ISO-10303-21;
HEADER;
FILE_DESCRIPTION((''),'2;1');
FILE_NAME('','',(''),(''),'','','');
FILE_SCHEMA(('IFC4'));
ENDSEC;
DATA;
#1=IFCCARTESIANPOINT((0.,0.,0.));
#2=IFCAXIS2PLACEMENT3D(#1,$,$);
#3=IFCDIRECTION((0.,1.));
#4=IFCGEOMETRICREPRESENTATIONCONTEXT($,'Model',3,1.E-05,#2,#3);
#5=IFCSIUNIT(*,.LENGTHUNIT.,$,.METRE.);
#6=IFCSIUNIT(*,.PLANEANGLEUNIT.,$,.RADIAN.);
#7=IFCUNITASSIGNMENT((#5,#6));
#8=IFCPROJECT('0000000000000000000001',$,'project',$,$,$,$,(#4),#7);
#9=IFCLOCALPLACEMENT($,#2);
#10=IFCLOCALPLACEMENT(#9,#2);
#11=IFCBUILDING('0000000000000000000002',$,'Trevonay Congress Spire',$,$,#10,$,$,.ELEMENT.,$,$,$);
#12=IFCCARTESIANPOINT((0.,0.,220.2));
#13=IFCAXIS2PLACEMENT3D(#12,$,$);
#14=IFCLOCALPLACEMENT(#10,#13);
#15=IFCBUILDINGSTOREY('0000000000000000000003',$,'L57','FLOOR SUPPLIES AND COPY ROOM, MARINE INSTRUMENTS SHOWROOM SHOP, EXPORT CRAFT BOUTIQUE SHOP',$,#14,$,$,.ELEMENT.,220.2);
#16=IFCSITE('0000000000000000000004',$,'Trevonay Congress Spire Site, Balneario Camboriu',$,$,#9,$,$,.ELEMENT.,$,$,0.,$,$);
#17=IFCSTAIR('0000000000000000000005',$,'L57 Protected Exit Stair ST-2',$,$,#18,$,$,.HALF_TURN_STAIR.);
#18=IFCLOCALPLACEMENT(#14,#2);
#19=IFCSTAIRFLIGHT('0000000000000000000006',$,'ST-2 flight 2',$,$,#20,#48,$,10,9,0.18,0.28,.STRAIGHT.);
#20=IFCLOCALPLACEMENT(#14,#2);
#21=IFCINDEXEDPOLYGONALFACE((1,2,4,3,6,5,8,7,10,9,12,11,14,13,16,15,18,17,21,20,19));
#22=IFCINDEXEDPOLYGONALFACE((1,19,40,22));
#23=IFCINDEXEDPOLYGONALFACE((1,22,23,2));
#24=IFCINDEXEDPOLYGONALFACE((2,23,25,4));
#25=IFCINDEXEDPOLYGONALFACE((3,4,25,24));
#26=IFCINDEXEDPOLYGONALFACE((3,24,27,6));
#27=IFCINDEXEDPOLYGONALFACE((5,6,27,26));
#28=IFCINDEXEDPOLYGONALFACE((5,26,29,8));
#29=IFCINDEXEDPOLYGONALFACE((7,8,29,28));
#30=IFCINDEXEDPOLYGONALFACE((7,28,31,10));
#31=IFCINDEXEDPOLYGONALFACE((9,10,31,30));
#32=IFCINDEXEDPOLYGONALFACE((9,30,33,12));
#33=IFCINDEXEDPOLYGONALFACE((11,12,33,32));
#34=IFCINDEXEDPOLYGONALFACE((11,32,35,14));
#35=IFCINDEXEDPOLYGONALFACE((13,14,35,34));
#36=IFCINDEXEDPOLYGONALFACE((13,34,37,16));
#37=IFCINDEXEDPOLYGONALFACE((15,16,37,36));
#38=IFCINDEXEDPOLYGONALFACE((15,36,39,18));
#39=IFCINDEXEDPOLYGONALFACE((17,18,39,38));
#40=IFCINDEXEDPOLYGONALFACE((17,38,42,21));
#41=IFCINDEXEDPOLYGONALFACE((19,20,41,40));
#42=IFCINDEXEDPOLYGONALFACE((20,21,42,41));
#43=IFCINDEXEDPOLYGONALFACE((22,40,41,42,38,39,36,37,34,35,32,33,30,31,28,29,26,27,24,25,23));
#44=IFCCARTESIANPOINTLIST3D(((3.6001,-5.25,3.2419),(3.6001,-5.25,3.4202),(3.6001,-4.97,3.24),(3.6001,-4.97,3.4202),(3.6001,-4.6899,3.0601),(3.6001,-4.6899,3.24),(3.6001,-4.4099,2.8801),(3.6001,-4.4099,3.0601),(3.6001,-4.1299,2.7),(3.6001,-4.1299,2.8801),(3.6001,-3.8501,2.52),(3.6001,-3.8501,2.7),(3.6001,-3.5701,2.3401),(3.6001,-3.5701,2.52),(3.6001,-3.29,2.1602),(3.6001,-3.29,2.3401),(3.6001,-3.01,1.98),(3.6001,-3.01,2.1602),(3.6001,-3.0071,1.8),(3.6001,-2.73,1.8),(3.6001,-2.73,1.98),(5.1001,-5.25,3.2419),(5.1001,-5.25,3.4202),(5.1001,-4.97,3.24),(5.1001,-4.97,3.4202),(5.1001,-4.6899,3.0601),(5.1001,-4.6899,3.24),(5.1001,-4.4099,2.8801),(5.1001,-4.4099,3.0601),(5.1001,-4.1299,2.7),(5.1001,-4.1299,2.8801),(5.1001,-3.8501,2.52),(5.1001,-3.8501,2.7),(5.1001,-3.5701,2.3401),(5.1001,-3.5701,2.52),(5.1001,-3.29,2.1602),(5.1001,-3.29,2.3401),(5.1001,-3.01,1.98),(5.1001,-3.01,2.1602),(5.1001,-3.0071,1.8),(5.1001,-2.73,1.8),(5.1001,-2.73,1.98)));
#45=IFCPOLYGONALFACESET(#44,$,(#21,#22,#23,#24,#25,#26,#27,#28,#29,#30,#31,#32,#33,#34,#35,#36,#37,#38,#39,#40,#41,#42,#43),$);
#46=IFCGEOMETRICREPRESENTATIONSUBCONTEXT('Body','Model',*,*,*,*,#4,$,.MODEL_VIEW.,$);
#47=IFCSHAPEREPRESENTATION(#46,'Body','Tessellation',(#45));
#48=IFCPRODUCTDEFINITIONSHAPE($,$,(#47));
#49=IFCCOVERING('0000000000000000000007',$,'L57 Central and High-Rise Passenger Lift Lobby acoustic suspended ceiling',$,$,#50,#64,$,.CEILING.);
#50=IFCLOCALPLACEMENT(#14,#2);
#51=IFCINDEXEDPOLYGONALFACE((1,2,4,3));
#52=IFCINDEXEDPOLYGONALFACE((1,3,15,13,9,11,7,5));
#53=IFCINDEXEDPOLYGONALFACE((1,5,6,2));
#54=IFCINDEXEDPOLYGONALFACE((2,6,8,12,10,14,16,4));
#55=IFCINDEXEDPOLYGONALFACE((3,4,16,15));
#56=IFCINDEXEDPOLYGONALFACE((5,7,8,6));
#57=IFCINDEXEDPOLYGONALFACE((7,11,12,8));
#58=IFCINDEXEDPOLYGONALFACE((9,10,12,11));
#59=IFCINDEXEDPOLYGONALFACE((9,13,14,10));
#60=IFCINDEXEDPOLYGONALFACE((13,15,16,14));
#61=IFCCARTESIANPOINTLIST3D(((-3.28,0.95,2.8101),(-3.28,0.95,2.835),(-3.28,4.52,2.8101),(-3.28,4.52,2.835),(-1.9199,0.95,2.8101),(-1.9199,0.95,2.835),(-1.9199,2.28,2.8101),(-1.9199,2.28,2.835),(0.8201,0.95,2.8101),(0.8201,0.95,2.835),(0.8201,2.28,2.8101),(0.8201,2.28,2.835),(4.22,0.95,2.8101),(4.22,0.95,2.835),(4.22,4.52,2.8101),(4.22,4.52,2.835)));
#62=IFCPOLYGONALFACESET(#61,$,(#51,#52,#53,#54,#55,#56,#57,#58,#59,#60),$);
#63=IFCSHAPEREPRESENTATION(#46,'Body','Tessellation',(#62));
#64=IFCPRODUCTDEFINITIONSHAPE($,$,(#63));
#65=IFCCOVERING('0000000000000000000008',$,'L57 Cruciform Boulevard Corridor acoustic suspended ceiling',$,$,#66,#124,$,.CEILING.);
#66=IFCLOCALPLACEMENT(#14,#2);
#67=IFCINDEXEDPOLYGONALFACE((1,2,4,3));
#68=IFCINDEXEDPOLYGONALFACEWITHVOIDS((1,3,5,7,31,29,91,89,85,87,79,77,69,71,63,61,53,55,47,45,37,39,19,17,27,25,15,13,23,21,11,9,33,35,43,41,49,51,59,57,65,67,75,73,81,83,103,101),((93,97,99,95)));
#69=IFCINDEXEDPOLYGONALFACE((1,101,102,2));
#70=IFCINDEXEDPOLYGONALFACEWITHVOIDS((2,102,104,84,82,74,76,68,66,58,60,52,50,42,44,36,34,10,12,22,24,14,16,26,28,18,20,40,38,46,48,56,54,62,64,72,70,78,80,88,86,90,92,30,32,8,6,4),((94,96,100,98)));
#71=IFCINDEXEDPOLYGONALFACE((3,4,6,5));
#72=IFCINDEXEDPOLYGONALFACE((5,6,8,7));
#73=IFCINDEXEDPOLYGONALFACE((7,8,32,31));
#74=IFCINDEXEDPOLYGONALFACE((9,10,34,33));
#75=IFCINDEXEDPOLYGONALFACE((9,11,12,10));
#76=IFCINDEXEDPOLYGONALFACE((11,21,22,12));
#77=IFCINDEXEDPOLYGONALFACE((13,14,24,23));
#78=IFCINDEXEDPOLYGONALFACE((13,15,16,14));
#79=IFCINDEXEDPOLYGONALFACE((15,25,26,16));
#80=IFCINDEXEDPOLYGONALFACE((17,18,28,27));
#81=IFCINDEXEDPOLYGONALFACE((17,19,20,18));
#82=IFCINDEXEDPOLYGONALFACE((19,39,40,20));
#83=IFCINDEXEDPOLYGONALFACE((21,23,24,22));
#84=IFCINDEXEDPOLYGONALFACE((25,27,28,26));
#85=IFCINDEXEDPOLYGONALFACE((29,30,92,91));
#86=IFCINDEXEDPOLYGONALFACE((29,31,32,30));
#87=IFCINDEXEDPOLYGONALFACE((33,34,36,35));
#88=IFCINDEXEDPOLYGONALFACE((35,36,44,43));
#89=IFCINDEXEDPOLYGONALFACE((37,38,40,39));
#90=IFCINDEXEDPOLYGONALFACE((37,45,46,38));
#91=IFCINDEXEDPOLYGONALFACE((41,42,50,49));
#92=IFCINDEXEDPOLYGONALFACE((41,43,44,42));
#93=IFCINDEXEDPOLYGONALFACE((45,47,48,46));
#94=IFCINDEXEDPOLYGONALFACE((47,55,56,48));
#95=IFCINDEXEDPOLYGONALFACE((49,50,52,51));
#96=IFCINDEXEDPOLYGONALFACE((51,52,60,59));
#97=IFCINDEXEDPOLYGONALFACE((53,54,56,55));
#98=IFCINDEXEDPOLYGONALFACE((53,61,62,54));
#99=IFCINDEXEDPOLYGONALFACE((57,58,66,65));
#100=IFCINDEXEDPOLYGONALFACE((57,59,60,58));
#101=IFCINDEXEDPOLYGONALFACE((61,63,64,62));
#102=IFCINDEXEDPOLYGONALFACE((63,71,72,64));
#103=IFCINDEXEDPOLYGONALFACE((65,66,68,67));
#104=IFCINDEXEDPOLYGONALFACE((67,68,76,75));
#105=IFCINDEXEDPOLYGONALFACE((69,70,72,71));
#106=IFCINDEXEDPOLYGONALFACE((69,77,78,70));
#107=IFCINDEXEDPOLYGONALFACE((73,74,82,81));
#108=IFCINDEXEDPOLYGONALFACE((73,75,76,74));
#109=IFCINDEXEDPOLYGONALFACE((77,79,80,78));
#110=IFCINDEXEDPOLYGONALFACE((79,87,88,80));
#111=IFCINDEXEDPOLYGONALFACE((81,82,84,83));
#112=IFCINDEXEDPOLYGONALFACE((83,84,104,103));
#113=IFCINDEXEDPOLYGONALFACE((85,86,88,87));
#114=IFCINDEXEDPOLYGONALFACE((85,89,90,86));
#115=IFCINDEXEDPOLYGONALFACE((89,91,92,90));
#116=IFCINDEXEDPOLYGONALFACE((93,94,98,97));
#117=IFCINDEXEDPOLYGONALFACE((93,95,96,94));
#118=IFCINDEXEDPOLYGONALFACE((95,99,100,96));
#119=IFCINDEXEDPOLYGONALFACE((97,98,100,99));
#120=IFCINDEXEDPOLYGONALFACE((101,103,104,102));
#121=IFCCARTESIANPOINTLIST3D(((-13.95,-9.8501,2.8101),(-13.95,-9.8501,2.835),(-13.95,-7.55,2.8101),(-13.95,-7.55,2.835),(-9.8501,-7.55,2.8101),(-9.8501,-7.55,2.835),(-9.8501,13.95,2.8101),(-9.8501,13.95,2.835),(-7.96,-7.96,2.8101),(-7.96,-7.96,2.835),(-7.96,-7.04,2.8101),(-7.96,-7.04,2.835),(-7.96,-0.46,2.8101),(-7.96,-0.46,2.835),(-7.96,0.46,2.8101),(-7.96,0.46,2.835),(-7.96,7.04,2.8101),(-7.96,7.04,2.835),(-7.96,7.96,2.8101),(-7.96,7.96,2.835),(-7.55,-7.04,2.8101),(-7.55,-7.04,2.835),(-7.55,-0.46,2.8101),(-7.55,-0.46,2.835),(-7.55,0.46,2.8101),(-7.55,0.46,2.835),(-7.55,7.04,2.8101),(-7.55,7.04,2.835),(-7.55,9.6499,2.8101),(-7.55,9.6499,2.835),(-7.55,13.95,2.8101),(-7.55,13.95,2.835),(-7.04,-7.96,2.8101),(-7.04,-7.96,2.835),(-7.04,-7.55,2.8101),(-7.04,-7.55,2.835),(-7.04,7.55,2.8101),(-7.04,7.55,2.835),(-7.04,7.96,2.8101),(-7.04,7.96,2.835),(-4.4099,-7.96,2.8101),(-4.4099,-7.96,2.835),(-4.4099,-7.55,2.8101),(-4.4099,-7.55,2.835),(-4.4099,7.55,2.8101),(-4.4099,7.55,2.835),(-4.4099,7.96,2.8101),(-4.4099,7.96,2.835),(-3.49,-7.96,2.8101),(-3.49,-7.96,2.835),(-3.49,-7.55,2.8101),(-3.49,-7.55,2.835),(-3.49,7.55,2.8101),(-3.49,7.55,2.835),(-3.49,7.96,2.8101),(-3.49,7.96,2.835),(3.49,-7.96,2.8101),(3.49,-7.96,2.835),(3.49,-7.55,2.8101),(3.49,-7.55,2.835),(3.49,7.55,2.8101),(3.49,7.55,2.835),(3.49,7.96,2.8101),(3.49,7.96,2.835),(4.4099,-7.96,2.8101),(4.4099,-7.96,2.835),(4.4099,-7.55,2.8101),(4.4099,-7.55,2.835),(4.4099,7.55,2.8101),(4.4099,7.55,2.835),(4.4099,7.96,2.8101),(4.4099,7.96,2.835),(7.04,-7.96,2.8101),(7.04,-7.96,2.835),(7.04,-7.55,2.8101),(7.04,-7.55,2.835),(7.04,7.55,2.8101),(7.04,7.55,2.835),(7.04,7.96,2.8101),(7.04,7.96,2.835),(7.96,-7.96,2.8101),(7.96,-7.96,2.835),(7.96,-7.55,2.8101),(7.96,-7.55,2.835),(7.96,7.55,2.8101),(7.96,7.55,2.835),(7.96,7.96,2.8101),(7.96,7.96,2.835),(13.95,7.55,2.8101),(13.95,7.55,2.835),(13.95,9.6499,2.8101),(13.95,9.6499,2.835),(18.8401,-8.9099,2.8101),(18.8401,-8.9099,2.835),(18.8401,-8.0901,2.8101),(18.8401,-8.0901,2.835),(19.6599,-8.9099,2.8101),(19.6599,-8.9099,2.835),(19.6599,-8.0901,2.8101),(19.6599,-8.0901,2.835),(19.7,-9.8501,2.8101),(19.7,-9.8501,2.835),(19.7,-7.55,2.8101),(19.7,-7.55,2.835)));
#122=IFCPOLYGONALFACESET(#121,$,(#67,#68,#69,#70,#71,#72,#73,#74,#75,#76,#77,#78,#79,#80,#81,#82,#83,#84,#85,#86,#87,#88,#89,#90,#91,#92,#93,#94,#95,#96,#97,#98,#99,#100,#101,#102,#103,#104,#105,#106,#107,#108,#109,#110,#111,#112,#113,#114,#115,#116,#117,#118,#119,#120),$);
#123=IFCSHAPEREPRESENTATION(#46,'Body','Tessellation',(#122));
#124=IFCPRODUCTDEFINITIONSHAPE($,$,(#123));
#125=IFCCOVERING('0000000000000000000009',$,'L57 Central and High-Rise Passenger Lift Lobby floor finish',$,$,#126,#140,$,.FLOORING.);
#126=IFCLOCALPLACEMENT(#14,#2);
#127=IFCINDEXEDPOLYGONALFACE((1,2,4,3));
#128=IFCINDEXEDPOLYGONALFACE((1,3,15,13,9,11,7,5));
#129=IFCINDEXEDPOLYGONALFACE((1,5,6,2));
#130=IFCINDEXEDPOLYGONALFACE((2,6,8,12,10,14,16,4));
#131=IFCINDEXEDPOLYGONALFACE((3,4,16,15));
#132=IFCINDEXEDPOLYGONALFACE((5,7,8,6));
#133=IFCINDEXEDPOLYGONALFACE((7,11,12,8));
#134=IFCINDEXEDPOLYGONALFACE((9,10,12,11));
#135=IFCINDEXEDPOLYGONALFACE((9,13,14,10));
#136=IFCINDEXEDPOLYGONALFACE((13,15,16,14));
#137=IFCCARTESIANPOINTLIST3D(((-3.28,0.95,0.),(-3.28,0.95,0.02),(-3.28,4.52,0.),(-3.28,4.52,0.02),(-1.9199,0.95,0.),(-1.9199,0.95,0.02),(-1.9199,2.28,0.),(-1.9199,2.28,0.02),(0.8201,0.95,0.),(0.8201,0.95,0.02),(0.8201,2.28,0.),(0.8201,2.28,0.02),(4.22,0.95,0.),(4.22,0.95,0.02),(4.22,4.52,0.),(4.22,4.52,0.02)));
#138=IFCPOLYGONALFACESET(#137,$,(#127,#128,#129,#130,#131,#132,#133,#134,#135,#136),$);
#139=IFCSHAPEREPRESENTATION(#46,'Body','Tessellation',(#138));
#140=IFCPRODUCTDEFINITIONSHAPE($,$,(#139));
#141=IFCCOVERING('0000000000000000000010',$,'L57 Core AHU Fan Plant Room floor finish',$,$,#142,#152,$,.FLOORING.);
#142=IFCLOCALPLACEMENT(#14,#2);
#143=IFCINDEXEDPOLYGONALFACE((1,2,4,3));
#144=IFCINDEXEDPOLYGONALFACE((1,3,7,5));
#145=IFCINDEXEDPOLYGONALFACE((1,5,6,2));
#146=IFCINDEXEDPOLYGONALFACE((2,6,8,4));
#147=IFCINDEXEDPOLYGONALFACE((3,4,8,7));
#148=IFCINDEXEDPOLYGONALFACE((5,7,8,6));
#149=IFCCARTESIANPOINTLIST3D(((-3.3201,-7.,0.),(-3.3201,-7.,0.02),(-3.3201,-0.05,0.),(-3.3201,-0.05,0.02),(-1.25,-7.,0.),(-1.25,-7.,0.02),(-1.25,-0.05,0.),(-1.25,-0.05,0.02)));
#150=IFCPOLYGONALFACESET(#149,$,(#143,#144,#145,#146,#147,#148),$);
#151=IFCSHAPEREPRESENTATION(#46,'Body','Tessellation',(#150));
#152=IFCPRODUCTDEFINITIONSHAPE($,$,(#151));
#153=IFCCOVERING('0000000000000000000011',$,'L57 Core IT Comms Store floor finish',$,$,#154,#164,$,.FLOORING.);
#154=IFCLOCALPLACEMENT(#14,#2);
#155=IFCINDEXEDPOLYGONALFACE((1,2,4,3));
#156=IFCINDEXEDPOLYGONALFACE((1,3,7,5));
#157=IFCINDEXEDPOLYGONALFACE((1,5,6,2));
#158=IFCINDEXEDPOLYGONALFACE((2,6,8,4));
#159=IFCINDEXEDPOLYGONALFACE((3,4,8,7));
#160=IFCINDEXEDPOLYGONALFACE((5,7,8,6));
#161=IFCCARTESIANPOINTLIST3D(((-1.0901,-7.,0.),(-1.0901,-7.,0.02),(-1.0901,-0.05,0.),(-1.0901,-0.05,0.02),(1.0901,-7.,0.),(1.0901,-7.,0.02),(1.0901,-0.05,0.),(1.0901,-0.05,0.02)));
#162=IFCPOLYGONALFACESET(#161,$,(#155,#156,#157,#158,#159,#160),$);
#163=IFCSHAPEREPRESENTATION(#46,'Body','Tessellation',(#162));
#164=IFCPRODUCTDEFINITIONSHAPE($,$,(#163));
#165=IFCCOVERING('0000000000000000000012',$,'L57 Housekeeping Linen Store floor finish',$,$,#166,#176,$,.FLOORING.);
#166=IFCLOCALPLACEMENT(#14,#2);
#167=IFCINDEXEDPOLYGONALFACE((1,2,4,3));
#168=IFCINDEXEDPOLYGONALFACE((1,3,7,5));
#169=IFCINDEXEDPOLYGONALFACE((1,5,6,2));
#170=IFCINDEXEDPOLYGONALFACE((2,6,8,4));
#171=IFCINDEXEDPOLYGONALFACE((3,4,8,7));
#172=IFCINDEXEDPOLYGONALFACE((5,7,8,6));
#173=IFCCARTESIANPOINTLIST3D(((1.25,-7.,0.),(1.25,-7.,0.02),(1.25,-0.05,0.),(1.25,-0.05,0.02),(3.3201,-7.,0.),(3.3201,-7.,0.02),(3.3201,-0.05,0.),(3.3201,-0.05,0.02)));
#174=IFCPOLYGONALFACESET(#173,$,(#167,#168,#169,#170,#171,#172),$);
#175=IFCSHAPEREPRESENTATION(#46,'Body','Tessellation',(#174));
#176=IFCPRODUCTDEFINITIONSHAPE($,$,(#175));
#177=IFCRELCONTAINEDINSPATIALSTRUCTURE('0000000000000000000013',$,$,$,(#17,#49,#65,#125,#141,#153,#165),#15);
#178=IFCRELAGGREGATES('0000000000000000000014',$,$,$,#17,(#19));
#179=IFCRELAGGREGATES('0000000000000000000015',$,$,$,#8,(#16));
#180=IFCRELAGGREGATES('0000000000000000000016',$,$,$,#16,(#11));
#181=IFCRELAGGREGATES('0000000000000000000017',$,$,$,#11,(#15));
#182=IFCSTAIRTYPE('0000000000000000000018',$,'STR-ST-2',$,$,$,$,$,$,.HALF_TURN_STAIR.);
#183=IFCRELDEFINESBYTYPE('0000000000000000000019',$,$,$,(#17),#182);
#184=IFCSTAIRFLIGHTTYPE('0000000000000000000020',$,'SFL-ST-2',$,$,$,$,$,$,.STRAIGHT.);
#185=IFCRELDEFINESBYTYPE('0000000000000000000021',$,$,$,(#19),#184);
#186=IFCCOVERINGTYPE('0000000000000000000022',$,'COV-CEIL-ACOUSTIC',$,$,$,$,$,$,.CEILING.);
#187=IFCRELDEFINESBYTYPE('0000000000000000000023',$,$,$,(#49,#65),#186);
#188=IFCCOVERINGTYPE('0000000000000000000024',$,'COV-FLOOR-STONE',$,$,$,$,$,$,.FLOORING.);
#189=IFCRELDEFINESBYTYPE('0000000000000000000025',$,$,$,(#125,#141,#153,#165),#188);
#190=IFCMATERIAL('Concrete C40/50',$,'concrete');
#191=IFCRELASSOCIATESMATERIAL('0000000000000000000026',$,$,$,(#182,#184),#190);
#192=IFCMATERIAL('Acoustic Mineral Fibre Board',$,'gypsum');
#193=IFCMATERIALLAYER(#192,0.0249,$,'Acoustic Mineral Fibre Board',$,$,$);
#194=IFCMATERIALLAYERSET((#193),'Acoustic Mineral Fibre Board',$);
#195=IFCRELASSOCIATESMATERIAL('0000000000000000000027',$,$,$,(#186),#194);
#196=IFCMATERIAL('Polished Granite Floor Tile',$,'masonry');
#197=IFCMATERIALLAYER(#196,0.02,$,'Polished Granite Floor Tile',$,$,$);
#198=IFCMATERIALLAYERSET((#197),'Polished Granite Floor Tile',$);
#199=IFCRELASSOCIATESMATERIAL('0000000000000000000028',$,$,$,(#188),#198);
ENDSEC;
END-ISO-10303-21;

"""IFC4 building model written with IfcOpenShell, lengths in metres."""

from ifc_helpers import new_model, si_unit, direction, frame, origin, place, context, subcontext, project, spatial, polyline, outline, extrude, material, layer, layer_set, type_object, element, aggregate, save


model = new_model("IFC4")

# Units and contexts
model_context = context("Model", 3, precision=1e-05, world=origin(), true_north=direction((0.0, 1.0)))
body_context = subcontext(model_context, "Body", "Model", "MODEL_VIEW")
ifc_project = project(units=[si_unit("LENGTHUNIT", "METRE"), si_unit("PLANEANGLEUNIT", "RADIAN")], contexts=[model_context])

# Site, building, storey
site_placement = place(None, origin())
site = spatial("IfcSite", under=ifc_project, at=site_placement, Name="Trevonay Congress Spire Site, Balneario Camboriu", CompositionType="ELEMENT", RefElevation=0.0)
building_placement = place(site_placement, origin())
building = spatial("IfcBuilding", under=site, at=building_placement, Name="Trevonay Congress Spire", CompositionType="ELEMENT")
storey_placement = place(building_placement, frame((0.0, 0.0, 220.2)))
storey = spatial("IfcBuildingStorey", under=building, at=storey_placement, Name="L57", Description="FLOOR SUPPLIES AND COPY ROOM, MARINE INSTRUMENTS SHOWROOM SHOP, EXPORT CRAFT BOUTIQUE SHOP", CompositionType="ELEMENT", Elevation=220.2)

# Shared definitions
ifc_material_1 = material(Name="Concrete C40/50", Category="concrete")

# Stair, stair flight
stair_type = type_object("IfcStairType", Name="STR-ST-2", PredefinedType="HALF_TURN_STAIR", material=ifc_material_1)
stair_placement = place(storey_placement, origin())
stair = element("IfcStair", 1, at=stair_placement, inside=storey, type_object=stair_type, Name="L57 Protected Exit Stair ST-2", PredefinedType="HALF_TURN_STAIR")
stair_flight_type = type_object("IfcStairFlightType", Name="SFL-ST-2", PredefinedType="STRAIGHT", material=ifc_material_1)
stair_flight_1_placement = place(storey_placement, frame((4.3501, -2.73, 1.8), z_axis=(0.0, 0.0, 1.0), x_axis=(0.0, -1.0, 0.0)))
stair_flight_1 = element("IfcStairFlight", 2, at=stair_flight_1_placement, type_object=stair_flight_type, Name="ST-2 flight 2", NumberOfRisers=10, NumberOfTreads=9, PredefinedType="STRAIGHT", RiserHeight=0.18, TreadLength=0.28, context=body_context, shape_type="SweptSolid", body=[
    extrude(outline(polyline([(0.0, 0.0), (0.0, 0.1799), (0.28, 0.1799), (0.28, 0.3601), (0.5601, 0.3601), (0.5601, 0.54), (0.8401, 0.54), (0.8401, 0.72), (1.1201, 0.72), (1.1201, 0.8999), (1.3999, 0.8999), (1.3999, 1.0801), (1.6799, 1.0801), (1.6799, 1.26), (1.96, 1.26), (1.96, 1.4399), (2.24, 1.4399), (2.24, 1.6201), (2.52, 1.6201), (2.52, 1.8), (2.52, 1.4419), (0.2771, 0.0), (0.0, 0.0)])), frame((0.0, 0.75, 0.0), z_axis=(0.0, -1.0, 0.0), x_axis=(1.0, 0.0, 0.0)), (0.0, 0.0, 1.0), 1.5),
])
aggregate(stair, [stair_flight_1])

# Coverings
ifc_material_2 = material(Name="Acoustic Mineral Fibre Board", Category="gypsum")
ifc_layer_1 = layer(ifc_material_2, 0.0249, Name="Acoustic Mineral Fibre Board")
ifc_layer_set_1 = layer_set([ifc_layer_1], Name="Acoustic Mineral Fibre Board")
covering_type_1 = type_object("IfcCoveringType", Name="COV-CEIL-ACOUSTIC", PredefinedType="CEILING", material=ifc_layer_set_1)
covering_1_placement = place(storey_placement, frame((0.0, 0.0, 2.8101)))
element("IfcCovering", 3, at=covering_1_placement, inside=storey, type_object=covering_type_1, Name="L57 Central and High-Rise Passenger Lift Lobby acoustic suspended ceiling", PredefinedType="CEILING", context=body_context, shape_type="SweptSolid", body=[
    extrude(outline(polyline([(-3.28, 0.95), (-1.9199, 0.95), (-1.9199, 2.28), (0.8201, 2.28), (0.8201, 0.95), (4.22, 0.95), (4.22, 4.52), (-3.28, 4.52), (-3.28, 0.95)])), origin(), (0.0, 0.0, 1.0), 0.0249),
])
covering_2_placement = place(storey_placement, frame((0.0, 0.0, 2.8101)))
element("IfcCovering", 4, at=covering_2_placement, inside=storey, type_object=covering_type_1, Name="L57 Cruciform Boulevard Corridor acoustic suspended ceiling", PredefinedType="CEILING", context=body_context, shape_type="SweptSolid", body=[
    extrude(outline(polyline([(19.7, -7.55), (19.7, -9.8501), (-13.95, -9.8501), (-13.95, -7.55), (-9.8501, -7.55), (-9.8501, 13.95), (-7.55, 13.95), (-7.55, 9.6499), (13.95, 9.6499), (13.95, 7.55), (7.96, 7.55), (7.96, 7.96), (7.04, 7.96), (7.04, 7.55), (4.4099, 7.55), (4.4099, 7.96), (3.49, 7.96), (3.49, 7.55), (-3.49, 7.55), (-3.49, 7.96), (-4.4099, 7.96), (-4.4099, 7.55), (-7.04, 7.55), (-7.04, 7.96), (-7.96, 7.96), (-7.96, 7.04), (-7.55, 7.04), (-7.55, 0.46), (-7.96, 0.46), (-7.96, -0.46), (-7.55, -0.46), (-7.55, -7.04), (-7.96, -7.04), (-7.96, -7.96), (-7.04, -7.96), (-7.04, -7.55), (-4.4099, -7.55), (-4.4099, -7.96), (-3.49, -7.96), (-3.49, -7.55), (3.49, -7.55), (3.49, -7.96), (4.4099, -7.96), (4.4099, -7.55), (7.04, -7.55), (7.04, -7.96), (7.96, -7.96), (7.96, -7.55), (19.7, -7.55)]), holes=[polyline([(19.6599, -8.0901), (18.8401, -8.0901), (18.8401, -8.9099), (19.6599, -8.9099), (19.6599, -8.0901)])]), origin(), (0.0, 0.0, 1.0), 0.0249),
])
ifc_material_3 = material(Name="Polished Granite Floor Tile", Category="masonry")
ifc_layer_2 = layer(ifc_material_3, 0.02, Name="Polished Granite Floor Tile")
ifc_layer_set_2 = layer_set([ifc_layer_2], Name="Polished Granite Floor Tile")
covering_type_2 = type_object("IfcCoveringType", Name="COV-FLOOR-STONE", PredefinedType="FLOORING", material=ifc_layer_set_2)
covering_3_placement = place(storey_placement, origin())
element("IfcCovering", 5, at=covering_3_placement, inside=storey, type_object=covering_type_2, Name="L57 Central and High-Rise Passenger Lift Lobby floor finish", PredefinedType="FLOORING", context=body_context, shape_type="SweptSolid", body=[
    extrude(outline(polyline([(-3.28, 0.95), (-1.9199, 0.95), (-1.9199, 2.28), (0.8201, 2.28), (0.8201, 0.95), (4.22, 0.95), (4.22, 4.52), (-3.28, 4.52), (-3.28, 0.95)])), origin(), (0.0, 0.0, 1.0), 0.02),
])
covering_4_placement = place(storey_placement, origin())
element("IfcCovering", 6, at=covering_4_placement, inside=storey, type_object=covering_type_2, Name="L57 Core AHU Fan Plant Room floor finish", PredefinedType="FLOORING", context=body_context, shape_type="SweptSolid", body=[
    extrude(outline(polyline([(-3.3201, -7.0), (-1.25, -7.0), (-1.25, -0.05), (-3.3201, -0.05), (-3.3201, -7.0)])), origin(), (0.0, 0.0, 1.0), 0.02),
])
covering_5_placement = place(storey_placement, origin())
element("IfcCovering", 7, at=covering_5_placement, inside=storey, type_object=covering_type_2, Name="L57 Core IT Comms Store floor finish", PredefinedType="FLOORING", context=body_context, shape_type="SweptSolid", body=[
    extrude(outline(polyline([(-1.0901, -7.0), (1.0901, -7.0), (1.0901, -0.05), (-1.0901, -0.05), (-1.0901, -7.0)])), origin(), (0.0, 0.0, 1.0), 0.02),
])
covering_6_placement = place(storey_placement, origin())
element("IfcCovering", 8, at=covering_6_placement, inside=storey, type_object=covering_type_2, Name="L57 Housekeeping Linen Store floor finish", PredefinedType="FLOORING", context=body_context, shape_type="SweptSolid", body=[
    extrude(outline(polyline([(1.25, -7.0), (3.3201, -7.0), (3.3201, -0.05), (1.25, -0.05), (1.25, -7.0)])), origin(), (0.0, 0.0, 1.0), 0.02),
])

save(model, "model.ifc")
